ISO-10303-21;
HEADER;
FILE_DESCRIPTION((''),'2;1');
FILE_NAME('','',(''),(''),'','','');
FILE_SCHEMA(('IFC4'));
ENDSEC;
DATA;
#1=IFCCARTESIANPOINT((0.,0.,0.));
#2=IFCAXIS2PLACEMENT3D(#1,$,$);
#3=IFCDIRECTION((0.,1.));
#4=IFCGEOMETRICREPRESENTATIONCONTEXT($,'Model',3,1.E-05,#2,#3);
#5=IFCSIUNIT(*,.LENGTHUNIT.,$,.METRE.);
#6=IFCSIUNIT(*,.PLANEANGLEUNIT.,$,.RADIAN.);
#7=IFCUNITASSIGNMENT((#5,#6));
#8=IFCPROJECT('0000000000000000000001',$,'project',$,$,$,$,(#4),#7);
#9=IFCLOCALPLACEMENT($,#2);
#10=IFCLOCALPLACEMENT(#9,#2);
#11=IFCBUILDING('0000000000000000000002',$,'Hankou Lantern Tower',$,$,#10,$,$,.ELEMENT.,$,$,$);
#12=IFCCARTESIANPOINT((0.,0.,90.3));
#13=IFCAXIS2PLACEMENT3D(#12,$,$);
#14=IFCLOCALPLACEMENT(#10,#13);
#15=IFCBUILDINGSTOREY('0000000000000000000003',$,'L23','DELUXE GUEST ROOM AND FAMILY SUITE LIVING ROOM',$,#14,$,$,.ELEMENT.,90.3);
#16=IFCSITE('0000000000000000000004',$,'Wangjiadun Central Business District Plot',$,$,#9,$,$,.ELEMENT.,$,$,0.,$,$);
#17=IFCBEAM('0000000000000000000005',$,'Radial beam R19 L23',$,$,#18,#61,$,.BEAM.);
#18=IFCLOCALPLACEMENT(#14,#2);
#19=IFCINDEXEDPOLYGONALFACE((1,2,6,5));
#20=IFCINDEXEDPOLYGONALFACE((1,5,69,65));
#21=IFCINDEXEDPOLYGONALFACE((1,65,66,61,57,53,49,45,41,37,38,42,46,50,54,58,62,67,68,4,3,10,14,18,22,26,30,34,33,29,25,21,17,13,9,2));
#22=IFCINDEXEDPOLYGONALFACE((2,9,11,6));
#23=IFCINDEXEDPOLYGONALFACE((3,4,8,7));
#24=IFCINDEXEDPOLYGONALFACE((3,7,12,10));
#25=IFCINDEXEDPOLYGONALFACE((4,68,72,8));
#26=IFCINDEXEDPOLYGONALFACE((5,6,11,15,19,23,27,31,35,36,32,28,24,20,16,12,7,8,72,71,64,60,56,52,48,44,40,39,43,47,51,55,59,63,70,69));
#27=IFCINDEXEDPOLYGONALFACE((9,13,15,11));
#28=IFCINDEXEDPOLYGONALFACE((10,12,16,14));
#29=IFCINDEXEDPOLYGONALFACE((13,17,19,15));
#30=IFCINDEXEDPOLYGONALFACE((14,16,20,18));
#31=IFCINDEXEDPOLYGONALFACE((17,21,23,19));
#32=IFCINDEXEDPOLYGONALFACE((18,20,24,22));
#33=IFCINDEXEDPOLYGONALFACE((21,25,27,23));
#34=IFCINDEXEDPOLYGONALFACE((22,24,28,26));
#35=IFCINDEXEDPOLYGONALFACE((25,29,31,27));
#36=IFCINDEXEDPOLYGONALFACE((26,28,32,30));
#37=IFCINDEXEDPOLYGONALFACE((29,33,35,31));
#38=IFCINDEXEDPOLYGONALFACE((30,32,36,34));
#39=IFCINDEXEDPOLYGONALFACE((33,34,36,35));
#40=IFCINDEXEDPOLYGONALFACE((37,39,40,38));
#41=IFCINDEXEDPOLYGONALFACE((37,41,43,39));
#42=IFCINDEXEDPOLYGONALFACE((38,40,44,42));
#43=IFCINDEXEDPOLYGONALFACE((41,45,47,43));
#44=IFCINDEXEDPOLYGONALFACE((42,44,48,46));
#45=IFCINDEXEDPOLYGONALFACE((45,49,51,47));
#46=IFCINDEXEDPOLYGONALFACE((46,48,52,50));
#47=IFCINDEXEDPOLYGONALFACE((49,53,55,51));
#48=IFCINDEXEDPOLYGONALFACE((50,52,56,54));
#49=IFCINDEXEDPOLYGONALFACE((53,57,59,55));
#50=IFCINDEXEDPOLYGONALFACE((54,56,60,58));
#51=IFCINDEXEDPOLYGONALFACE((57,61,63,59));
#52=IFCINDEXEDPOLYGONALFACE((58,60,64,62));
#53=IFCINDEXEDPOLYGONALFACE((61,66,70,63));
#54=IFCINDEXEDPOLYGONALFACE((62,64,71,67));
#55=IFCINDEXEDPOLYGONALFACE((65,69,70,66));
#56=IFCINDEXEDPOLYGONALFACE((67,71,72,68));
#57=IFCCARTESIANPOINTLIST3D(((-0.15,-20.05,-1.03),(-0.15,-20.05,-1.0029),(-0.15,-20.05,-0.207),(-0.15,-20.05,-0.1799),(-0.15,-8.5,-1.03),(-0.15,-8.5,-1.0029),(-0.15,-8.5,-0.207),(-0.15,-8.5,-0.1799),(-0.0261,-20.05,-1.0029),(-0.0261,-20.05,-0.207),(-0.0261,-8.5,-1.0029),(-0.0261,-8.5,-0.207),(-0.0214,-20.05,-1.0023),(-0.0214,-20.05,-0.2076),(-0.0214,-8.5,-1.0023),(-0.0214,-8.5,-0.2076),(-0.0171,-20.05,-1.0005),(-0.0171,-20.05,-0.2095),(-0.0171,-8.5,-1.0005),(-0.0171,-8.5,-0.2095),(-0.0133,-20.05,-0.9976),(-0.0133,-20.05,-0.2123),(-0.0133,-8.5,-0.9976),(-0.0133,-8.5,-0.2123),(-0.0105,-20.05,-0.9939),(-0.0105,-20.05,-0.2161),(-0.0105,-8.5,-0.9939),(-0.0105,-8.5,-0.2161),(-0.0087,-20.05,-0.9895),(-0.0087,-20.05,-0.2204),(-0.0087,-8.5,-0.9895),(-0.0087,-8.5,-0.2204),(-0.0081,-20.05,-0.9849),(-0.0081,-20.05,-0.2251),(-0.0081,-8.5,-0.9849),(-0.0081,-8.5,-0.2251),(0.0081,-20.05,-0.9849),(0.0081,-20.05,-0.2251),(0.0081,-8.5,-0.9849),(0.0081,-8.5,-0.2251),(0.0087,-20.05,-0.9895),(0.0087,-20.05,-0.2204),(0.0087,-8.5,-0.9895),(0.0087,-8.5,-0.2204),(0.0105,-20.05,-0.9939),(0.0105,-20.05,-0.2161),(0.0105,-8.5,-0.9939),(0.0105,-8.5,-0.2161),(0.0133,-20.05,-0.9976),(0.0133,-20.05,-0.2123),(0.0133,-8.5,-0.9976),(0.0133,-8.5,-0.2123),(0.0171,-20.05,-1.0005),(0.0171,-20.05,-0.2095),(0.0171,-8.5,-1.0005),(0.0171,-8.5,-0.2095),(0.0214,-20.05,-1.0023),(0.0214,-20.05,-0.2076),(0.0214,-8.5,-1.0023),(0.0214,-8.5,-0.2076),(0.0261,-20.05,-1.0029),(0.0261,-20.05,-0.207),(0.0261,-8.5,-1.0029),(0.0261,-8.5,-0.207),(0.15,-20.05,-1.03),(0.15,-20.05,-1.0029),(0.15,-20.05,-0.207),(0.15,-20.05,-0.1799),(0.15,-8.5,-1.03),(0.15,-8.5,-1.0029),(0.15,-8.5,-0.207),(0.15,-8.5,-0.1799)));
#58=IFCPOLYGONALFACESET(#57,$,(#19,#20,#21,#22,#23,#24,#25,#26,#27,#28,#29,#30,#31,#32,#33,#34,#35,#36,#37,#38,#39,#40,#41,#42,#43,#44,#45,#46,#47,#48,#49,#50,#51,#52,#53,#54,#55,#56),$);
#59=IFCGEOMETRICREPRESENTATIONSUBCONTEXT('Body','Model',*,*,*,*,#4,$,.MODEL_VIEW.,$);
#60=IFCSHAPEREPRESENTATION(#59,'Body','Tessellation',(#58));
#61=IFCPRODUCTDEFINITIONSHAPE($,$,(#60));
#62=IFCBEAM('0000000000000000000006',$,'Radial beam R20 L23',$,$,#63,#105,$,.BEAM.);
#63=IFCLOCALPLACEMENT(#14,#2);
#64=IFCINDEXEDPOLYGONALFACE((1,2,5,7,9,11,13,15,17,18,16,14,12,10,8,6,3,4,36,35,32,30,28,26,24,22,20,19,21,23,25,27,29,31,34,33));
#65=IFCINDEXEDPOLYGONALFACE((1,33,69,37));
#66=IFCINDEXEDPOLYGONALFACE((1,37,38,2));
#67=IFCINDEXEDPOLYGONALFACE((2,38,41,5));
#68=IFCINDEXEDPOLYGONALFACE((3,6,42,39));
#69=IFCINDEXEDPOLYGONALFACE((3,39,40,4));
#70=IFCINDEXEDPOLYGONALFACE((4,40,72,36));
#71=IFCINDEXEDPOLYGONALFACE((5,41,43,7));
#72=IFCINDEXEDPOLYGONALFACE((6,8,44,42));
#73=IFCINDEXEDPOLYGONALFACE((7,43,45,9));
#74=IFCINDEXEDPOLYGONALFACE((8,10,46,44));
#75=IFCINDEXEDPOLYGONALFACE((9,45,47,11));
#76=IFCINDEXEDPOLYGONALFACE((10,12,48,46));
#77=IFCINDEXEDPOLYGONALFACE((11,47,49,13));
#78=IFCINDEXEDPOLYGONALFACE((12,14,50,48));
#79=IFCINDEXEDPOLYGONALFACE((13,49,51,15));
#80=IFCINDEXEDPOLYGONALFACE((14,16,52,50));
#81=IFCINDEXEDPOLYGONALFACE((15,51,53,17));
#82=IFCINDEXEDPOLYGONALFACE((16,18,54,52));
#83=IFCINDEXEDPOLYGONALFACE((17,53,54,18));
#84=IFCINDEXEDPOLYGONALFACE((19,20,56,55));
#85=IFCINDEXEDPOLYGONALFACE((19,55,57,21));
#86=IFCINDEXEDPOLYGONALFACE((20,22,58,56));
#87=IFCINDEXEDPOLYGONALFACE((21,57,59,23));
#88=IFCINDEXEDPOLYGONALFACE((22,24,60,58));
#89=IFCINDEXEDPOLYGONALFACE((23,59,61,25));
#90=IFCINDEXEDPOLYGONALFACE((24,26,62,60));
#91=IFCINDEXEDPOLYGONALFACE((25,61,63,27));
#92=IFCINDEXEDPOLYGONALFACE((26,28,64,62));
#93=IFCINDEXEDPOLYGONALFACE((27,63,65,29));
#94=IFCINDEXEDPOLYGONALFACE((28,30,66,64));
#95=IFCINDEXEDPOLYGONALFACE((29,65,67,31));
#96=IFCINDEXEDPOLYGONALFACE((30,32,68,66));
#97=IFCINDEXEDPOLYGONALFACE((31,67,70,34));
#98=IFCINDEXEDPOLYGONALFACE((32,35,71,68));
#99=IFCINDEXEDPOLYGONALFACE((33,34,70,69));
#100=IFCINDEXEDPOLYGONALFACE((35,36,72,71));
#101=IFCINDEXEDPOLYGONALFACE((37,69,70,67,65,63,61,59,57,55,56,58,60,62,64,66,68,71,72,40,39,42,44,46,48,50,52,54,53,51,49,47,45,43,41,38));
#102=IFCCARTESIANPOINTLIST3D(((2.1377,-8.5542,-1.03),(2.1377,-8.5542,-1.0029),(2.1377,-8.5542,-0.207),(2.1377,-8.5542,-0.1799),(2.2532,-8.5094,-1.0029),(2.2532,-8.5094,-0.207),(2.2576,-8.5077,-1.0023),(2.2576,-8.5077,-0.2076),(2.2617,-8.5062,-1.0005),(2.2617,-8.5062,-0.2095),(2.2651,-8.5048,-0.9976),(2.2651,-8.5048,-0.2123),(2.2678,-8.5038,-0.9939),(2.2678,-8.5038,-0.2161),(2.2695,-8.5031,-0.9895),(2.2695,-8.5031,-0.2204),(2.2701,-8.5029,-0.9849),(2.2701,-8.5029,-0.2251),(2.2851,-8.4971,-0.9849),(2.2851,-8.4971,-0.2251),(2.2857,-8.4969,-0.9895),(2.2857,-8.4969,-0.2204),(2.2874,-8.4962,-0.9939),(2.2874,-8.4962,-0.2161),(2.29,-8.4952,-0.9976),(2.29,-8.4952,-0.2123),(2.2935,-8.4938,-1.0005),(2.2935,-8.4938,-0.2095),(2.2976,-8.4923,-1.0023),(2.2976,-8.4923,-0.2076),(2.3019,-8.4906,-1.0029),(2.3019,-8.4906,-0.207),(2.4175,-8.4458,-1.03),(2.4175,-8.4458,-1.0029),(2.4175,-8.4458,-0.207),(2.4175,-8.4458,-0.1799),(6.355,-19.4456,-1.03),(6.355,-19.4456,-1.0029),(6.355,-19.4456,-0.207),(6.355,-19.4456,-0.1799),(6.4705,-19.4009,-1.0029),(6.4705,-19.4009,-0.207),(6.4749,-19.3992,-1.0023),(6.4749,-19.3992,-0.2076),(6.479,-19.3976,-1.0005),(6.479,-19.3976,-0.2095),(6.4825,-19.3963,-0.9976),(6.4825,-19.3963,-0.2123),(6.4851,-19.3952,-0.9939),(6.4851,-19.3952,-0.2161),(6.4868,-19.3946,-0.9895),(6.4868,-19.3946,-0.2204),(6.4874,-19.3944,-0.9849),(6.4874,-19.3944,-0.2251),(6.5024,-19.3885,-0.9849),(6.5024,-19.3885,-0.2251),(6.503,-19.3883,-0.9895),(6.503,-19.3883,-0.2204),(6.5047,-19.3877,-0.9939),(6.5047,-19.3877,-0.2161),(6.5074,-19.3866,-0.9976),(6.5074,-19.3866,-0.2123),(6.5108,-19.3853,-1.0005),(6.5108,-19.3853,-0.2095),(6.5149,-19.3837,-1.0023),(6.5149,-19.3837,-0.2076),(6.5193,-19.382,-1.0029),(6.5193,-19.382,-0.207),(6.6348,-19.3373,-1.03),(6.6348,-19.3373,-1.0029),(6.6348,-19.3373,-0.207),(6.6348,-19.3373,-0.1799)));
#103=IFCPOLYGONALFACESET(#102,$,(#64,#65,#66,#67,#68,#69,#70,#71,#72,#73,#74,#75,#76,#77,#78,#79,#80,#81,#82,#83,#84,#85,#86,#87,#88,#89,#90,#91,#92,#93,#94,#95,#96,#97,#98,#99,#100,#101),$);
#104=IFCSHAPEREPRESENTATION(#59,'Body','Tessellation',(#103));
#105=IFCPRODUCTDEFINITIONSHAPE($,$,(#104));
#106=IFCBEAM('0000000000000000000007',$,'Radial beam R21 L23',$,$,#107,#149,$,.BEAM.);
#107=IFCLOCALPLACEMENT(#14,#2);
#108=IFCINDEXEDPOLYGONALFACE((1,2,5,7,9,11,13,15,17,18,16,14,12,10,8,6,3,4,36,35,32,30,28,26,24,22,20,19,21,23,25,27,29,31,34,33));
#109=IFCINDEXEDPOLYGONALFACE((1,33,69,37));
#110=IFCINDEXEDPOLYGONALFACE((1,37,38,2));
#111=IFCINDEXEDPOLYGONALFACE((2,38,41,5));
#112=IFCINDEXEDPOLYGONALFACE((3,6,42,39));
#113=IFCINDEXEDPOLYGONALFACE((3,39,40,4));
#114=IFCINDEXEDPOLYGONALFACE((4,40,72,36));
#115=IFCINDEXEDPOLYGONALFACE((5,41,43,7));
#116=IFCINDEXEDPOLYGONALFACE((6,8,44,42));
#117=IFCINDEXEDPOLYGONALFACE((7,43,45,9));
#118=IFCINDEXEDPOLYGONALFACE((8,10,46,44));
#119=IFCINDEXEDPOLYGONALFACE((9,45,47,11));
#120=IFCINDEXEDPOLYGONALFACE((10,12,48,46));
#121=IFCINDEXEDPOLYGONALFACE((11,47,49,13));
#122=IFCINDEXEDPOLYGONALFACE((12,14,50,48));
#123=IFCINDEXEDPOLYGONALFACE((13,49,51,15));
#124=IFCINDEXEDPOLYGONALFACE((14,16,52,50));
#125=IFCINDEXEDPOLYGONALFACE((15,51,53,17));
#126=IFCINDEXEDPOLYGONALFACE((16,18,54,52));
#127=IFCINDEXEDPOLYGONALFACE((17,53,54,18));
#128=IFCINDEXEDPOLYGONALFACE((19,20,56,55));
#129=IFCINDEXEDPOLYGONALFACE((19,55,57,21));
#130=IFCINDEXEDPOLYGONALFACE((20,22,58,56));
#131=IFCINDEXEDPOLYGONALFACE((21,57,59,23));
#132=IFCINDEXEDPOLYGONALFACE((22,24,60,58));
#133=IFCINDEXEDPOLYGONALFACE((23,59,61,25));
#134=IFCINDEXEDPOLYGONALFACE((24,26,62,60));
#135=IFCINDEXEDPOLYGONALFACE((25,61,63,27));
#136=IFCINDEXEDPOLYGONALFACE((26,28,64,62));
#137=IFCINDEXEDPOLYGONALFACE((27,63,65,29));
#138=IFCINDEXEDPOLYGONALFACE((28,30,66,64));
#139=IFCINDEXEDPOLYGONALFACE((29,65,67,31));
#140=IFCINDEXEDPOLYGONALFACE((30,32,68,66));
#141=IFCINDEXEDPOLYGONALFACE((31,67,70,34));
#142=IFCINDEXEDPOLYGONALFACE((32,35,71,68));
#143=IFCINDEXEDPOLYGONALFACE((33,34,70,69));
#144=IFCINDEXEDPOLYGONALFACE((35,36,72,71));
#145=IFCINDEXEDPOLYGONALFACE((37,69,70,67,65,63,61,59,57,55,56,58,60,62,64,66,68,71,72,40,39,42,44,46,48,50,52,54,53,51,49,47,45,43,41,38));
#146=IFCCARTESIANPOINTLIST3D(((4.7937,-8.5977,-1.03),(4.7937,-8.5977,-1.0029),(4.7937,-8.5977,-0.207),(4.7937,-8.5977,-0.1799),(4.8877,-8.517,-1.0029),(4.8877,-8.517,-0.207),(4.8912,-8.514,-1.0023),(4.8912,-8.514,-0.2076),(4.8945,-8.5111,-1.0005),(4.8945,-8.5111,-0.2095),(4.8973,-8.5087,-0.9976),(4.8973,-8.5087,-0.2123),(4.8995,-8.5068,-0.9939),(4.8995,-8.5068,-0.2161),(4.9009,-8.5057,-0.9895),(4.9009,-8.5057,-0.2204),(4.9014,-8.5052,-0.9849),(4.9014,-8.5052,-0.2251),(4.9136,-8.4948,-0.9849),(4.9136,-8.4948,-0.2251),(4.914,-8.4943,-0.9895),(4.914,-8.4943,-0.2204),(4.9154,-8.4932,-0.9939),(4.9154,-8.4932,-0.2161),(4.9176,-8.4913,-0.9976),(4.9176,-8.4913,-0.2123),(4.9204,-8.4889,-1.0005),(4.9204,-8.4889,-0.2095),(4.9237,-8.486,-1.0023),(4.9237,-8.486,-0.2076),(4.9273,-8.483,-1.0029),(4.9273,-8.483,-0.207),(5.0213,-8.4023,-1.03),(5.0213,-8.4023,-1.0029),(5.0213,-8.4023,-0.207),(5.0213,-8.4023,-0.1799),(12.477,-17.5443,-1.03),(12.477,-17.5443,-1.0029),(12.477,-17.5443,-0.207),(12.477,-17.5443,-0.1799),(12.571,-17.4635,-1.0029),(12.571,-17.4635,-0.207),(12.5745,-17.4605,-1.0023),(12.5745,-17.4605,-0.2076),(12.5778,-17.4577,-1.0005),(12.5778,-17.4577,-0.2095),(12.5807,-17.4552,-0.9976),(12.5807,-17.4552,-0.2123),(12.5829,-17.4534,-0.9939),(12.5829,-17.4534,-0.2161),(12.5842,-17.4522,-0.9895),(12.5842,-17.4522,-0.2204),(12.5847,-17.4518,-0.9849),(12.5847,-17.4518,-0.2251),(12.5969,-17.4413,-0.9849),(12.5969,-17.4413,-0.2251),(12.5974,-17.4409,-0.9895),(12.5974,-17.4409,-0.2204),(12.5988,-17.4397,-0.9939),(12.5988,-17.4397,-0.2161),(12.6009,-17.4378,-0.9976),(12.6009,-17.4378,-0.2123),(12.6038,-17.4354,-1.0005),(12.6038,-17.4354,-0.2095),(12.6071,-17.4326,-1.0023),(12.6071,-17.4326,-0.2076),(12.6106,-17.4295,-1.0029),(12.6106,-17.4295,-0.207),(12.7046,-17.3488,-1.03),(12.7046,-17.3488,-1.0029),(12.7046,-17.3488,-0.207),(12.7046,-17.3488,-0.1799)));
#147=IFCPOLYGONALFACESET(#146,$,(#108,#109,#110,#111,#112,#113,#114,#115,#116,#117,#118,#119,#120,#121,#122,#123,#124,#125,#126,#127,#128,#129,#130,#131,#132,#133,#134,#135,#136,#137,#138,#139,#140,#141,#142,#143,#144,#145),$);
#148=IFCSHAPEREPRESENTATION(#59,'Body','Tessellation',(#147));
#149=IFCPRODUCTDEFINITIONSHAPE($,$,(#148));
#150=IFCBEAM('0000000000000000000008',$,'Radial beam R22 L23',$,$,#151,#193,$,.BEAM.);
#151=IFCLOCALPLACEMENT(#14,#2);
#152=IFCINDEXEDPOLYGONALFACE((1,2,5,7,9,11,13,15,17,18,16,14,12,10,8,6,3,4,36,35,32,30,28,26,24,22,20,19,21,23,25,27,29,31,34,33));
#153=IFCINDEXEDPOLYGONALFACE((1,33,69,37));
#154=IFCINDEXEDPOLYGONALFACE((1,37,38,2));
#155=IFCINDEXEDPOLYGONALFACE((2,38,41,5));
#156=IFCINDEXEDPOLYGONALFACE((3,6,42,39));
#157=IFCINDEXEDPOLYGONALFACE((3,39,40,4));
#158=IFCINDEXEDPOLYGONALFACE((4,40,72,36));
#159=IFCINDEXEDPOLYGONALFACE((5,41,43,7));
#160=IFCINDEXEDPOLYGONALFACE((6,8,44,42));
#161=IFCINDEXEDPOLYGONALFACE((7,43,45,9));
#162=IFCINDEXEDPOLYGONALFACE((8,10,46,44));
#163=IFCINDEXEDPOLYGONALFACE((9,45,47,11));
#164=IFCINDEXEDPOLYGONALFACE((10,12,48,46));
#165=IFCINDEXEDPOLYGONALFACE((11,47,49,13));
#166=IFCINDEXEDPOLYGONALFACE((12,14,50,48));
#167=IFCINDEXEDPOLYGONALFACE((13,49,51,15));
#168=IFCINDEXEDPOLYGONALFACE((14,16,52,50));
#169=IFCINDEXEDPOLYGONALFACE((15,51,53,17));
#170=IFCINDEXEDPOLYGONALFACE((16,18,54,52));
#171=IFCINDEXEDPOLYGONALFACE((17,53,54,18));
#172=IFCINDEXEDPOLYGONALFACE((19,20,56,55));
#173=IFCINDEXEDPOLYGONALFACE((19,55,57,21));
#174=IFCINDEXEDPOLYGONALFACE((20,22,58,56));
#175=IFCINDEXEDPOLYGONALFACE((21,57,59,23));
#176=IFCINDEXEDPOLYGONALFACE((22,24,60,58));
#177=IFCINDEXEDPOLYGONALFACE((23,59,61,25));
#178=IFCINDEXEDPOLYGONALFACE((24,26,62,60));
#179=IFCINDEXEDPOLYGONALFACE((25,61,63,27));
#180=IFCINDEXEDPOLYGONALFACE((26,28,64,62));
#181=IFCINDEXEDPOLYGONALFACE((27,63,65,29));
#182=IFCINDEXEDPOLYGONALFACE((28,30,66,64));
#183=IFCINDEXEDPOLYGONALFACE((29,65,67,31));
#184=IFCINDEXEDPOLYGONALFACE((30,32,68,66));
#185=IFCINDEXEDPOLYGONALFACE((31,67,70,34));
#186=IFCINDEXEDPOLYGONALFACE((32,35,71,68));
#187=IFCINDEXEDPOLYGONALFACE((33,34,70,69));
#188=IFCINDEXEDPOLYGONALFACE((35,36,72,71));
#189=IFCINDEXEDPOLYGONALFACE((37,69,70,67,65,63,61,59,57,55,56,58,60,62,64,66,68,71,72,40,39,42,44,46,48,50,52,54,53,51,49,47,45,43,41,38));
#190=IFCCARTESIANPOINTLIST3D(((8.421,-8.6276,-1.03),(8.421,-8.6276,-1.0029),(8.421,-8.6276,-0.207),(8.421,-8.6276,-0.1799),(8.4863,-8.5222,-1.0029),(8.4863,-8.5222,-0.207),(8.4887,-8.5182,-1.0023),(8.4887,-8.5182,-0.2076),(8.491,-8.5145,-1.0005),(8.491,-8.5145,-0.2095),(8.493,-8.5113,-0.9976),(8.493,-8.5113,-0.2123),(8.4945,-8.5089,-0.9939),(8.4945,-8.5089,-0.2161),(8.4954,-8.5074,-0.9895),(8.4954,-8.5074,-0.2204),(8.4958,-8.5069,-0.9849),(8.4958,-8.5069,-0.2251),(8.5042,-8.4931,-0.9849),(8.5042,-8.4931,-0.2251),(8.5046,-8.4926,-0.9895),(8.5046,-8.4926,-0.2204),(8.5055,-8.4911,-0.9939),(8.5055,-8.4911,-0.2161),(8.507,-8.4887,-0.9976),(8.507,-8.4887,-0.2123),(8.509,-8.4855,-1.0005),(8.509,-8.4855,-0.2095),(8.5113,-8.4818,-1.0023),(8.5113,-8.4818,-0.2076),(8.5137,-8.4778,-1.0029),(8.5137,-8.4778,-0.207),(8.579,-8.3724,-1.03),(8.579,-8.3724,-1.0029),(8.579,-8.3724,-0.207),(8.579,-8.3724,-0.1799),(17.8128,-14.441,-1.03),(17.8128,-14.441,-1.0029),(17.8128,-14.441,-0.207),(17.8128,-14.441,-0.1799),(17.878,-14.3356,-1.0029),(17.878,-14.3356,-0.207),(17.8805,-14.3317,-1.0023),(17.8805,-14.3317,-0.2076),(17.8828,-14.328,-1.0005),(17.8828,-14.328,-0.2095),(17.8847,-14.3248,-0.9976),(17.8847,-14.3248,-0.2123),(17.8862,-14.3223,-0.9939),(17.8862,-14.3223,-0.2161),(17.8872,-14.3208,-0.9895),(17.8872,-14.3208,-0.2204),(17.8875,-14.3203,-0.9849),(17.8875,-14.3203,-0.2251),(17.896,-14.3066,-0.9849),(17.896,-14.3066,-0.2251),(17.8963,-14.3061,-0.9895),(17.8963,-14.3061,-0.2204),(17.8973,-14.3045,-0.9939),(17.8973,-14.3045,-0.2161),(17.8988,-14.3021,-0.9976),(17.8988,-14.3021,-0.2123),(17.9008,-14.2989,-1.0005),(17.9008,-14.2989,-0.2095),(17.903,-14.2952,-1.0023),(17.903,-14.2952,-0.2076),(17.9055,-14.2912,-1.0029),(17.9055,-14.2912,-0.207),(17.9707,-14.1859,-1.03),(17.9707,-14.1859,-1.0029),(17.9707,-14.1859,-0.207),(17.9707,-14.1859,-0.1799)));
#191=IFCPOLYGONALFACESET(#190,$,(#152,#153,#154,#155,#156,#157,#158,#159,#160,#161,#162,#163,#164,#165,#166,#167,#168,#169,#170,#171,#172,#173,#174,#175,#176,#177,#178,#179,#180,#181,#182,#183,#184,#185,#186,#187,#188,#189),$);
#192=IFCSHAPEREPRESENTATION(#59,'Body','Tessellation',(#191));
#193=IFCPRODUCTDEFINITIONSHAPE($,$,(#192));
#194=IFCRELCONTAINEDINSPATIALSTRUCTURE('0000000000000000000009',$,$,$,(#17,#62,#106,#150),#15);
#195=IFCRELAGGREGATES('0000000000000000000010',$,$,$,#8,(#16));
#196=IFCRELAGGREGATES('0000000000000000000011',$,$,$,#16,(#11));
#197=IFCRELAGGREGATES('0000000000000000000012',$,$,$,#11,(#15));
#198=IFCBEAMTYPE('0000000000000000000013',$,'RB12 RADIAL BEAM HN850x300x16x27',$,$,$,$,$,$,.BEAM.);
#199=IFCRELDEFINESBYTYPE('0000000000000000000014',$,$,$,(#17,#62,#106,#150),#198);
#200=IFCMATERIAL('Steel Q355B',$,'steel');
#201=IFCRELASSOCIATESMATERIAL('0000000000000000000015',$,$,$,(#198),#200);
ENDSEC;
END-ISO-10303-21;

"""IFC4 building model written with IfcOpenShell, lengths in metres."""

from ifc_helpers import new_model, si_unit, direction, frame, origin, origin_2d, place, context, subcontext, project, spatial, i_section, extrude, material, material_profile, profile_set, type_object, element, save


model = new_model("IFC4")

# Units and contexts
model_context = context("Model", 3, precision=1e-05, world=origin(), true_north=direction((0.0, 1.0)))
body_context = subcontext(model_context, "Body", "Model", "MODEL_VIEW")
ifc_project = project(units=[si_unit("LENGTHUNIT", "METRE"), si_unit("PLANEANGLEUNIT", "RADIAN")], contexts=[model_context])

# Site, building, storey
site_placement = place(None, origin())
site = spatial("IfcSite", under=ifc_project, at=site_placement, Name="Wangjiadun Central Business District Plot", CompositionType="ELEMENT", RefElevation=0.0)
building_placement = place(site_placement, origin())
building = spatial("IfcBuilding", under=site, at=building_placement, Name="Hankou Lantern Tower", CompositionType="ELEMENT")
storey_placement = place(building_placement, frame((0.0, 0.0, 90.3)))
storey = spatial("IfcBuildingStorey", under=building, at=storey_placement, Name="L23", Description="DELUXE GUEST ROOM AND FAMILY SUITE LIVING ROOM", CompositionType="ELEMENT", Elevation=90.3)

# Beams
ifc_material_1 = material(Name="Steel Q355B", Category="steel")
ifc_material_profile_1 = material_profile(ifc_material_1, i_section(OverallWidth=0.3, OverallDepth=0.8501, WebThickness=0.0161, FlangeThickness=0.0271, FilletRadius=0.0181, at=origin_2d()), Name="HN850x300x16x27")
ifc_profile_set_1 = profile_set([ifc_material_profile_1], Name="Steel Q355B")
beam_type_1 = type_object("IfcBeamType", Name="RB12 RADIAL BEAM HN850x300x16x27", PredefinedType="BEAM", material=ifc_profile_set_1)
beam_1_placement = place(storey_placement, frame((0.0, -8.5, -0.605), z_axis=(0.0, -1.0, 0.0), x_axis=(1.0, 0.0, 0.0)))
element("IfcBeam", 1, at=beam_1_placement, inside=storey, type_object=beam_type_1, Name="Radial beam R19 L23", PredefinedType="BEAM", context=body_context, shape_type="SweptSolid", body=[
    extrude(i_section(OverallWidth=0.3, OverallDepth=0.8501, WebThickness=0.0161, FlangeThickness=0.0271, FilletRadius=0.0181, at=origin_2d()), origin(), (0.0, 0.0, 1.0), 11.55),
])
beam_2_placement = place(storey_placement, frame((2.2776, -8.5, -0.605), z_axis=(0.361089, -0.932531, 0.0), x_axis=(0.932531, 0.361089, 0.0)))
element("IfcBeam", 2, at=beam_2_placement, inside=storey, type_object=beam_type_1, Name="Radial beam R20 L23", PredefinedType="BEAM", context=body_context, shape_type="SweptSolid", body=[
    extrude(i_section(OverallWidth=0.3, OverallDepth=0.8501, WebThickness=0.0161, FlangeThickness=0.0271, FilletRadius=0.0181, at=origin_2d()), origin(), (0.0, 0.0, 1.0), 11.6794),
])
beam_3_placement = place(storey_placement, frame((4.9075, -8.5, -0.605), z_axis=(0.651519, -0.758632, 0.0), x_axis=(0.758632, 0.651519, 0.0)))
element("IfcBeam", 3, at=beam_3_placement, inside=storey, type_object=beam_type_1, Name="Radial beam R21 L23", PredefinedType="BEAM", context=body_context, shape_type="SweptSolid", body=[
    extrude(i_section(OverallWidth=0.3, OverallDepth=0.8501, WebThickness=0.0161, FlangeThickness=0.0271, FilletRadius=0.0181, at=origin_2d()), origin(), (0.0, 0.0, 1.0), 11.793),
])
beam_4_placement = place(storey_placement, frame((8.5, -8.5, -0.605), z_axis=(0.850286, -0.52632, 0.0), x_axis=(0.52632, 0.850286, 0.0)))
element("IfcBeam", 4, at=beam_4_placement, inside=storey, type_object=beam_type_1, Name="Radial beam R22 L23", PredefinedType="BEAM", context=body_context, shape_type="SweptSolid", body=[
    extrude(i_section(OverallWidth=0.3, OverallDepth=0.8501, WebThickness=0.0161, FlangeThickness=0.0271, FilletRadius=0.0181, at=origin_2d()), origin(), (0.0, 0.0, 1.0), 11.0454),
])

save(model, "model.ifc")
